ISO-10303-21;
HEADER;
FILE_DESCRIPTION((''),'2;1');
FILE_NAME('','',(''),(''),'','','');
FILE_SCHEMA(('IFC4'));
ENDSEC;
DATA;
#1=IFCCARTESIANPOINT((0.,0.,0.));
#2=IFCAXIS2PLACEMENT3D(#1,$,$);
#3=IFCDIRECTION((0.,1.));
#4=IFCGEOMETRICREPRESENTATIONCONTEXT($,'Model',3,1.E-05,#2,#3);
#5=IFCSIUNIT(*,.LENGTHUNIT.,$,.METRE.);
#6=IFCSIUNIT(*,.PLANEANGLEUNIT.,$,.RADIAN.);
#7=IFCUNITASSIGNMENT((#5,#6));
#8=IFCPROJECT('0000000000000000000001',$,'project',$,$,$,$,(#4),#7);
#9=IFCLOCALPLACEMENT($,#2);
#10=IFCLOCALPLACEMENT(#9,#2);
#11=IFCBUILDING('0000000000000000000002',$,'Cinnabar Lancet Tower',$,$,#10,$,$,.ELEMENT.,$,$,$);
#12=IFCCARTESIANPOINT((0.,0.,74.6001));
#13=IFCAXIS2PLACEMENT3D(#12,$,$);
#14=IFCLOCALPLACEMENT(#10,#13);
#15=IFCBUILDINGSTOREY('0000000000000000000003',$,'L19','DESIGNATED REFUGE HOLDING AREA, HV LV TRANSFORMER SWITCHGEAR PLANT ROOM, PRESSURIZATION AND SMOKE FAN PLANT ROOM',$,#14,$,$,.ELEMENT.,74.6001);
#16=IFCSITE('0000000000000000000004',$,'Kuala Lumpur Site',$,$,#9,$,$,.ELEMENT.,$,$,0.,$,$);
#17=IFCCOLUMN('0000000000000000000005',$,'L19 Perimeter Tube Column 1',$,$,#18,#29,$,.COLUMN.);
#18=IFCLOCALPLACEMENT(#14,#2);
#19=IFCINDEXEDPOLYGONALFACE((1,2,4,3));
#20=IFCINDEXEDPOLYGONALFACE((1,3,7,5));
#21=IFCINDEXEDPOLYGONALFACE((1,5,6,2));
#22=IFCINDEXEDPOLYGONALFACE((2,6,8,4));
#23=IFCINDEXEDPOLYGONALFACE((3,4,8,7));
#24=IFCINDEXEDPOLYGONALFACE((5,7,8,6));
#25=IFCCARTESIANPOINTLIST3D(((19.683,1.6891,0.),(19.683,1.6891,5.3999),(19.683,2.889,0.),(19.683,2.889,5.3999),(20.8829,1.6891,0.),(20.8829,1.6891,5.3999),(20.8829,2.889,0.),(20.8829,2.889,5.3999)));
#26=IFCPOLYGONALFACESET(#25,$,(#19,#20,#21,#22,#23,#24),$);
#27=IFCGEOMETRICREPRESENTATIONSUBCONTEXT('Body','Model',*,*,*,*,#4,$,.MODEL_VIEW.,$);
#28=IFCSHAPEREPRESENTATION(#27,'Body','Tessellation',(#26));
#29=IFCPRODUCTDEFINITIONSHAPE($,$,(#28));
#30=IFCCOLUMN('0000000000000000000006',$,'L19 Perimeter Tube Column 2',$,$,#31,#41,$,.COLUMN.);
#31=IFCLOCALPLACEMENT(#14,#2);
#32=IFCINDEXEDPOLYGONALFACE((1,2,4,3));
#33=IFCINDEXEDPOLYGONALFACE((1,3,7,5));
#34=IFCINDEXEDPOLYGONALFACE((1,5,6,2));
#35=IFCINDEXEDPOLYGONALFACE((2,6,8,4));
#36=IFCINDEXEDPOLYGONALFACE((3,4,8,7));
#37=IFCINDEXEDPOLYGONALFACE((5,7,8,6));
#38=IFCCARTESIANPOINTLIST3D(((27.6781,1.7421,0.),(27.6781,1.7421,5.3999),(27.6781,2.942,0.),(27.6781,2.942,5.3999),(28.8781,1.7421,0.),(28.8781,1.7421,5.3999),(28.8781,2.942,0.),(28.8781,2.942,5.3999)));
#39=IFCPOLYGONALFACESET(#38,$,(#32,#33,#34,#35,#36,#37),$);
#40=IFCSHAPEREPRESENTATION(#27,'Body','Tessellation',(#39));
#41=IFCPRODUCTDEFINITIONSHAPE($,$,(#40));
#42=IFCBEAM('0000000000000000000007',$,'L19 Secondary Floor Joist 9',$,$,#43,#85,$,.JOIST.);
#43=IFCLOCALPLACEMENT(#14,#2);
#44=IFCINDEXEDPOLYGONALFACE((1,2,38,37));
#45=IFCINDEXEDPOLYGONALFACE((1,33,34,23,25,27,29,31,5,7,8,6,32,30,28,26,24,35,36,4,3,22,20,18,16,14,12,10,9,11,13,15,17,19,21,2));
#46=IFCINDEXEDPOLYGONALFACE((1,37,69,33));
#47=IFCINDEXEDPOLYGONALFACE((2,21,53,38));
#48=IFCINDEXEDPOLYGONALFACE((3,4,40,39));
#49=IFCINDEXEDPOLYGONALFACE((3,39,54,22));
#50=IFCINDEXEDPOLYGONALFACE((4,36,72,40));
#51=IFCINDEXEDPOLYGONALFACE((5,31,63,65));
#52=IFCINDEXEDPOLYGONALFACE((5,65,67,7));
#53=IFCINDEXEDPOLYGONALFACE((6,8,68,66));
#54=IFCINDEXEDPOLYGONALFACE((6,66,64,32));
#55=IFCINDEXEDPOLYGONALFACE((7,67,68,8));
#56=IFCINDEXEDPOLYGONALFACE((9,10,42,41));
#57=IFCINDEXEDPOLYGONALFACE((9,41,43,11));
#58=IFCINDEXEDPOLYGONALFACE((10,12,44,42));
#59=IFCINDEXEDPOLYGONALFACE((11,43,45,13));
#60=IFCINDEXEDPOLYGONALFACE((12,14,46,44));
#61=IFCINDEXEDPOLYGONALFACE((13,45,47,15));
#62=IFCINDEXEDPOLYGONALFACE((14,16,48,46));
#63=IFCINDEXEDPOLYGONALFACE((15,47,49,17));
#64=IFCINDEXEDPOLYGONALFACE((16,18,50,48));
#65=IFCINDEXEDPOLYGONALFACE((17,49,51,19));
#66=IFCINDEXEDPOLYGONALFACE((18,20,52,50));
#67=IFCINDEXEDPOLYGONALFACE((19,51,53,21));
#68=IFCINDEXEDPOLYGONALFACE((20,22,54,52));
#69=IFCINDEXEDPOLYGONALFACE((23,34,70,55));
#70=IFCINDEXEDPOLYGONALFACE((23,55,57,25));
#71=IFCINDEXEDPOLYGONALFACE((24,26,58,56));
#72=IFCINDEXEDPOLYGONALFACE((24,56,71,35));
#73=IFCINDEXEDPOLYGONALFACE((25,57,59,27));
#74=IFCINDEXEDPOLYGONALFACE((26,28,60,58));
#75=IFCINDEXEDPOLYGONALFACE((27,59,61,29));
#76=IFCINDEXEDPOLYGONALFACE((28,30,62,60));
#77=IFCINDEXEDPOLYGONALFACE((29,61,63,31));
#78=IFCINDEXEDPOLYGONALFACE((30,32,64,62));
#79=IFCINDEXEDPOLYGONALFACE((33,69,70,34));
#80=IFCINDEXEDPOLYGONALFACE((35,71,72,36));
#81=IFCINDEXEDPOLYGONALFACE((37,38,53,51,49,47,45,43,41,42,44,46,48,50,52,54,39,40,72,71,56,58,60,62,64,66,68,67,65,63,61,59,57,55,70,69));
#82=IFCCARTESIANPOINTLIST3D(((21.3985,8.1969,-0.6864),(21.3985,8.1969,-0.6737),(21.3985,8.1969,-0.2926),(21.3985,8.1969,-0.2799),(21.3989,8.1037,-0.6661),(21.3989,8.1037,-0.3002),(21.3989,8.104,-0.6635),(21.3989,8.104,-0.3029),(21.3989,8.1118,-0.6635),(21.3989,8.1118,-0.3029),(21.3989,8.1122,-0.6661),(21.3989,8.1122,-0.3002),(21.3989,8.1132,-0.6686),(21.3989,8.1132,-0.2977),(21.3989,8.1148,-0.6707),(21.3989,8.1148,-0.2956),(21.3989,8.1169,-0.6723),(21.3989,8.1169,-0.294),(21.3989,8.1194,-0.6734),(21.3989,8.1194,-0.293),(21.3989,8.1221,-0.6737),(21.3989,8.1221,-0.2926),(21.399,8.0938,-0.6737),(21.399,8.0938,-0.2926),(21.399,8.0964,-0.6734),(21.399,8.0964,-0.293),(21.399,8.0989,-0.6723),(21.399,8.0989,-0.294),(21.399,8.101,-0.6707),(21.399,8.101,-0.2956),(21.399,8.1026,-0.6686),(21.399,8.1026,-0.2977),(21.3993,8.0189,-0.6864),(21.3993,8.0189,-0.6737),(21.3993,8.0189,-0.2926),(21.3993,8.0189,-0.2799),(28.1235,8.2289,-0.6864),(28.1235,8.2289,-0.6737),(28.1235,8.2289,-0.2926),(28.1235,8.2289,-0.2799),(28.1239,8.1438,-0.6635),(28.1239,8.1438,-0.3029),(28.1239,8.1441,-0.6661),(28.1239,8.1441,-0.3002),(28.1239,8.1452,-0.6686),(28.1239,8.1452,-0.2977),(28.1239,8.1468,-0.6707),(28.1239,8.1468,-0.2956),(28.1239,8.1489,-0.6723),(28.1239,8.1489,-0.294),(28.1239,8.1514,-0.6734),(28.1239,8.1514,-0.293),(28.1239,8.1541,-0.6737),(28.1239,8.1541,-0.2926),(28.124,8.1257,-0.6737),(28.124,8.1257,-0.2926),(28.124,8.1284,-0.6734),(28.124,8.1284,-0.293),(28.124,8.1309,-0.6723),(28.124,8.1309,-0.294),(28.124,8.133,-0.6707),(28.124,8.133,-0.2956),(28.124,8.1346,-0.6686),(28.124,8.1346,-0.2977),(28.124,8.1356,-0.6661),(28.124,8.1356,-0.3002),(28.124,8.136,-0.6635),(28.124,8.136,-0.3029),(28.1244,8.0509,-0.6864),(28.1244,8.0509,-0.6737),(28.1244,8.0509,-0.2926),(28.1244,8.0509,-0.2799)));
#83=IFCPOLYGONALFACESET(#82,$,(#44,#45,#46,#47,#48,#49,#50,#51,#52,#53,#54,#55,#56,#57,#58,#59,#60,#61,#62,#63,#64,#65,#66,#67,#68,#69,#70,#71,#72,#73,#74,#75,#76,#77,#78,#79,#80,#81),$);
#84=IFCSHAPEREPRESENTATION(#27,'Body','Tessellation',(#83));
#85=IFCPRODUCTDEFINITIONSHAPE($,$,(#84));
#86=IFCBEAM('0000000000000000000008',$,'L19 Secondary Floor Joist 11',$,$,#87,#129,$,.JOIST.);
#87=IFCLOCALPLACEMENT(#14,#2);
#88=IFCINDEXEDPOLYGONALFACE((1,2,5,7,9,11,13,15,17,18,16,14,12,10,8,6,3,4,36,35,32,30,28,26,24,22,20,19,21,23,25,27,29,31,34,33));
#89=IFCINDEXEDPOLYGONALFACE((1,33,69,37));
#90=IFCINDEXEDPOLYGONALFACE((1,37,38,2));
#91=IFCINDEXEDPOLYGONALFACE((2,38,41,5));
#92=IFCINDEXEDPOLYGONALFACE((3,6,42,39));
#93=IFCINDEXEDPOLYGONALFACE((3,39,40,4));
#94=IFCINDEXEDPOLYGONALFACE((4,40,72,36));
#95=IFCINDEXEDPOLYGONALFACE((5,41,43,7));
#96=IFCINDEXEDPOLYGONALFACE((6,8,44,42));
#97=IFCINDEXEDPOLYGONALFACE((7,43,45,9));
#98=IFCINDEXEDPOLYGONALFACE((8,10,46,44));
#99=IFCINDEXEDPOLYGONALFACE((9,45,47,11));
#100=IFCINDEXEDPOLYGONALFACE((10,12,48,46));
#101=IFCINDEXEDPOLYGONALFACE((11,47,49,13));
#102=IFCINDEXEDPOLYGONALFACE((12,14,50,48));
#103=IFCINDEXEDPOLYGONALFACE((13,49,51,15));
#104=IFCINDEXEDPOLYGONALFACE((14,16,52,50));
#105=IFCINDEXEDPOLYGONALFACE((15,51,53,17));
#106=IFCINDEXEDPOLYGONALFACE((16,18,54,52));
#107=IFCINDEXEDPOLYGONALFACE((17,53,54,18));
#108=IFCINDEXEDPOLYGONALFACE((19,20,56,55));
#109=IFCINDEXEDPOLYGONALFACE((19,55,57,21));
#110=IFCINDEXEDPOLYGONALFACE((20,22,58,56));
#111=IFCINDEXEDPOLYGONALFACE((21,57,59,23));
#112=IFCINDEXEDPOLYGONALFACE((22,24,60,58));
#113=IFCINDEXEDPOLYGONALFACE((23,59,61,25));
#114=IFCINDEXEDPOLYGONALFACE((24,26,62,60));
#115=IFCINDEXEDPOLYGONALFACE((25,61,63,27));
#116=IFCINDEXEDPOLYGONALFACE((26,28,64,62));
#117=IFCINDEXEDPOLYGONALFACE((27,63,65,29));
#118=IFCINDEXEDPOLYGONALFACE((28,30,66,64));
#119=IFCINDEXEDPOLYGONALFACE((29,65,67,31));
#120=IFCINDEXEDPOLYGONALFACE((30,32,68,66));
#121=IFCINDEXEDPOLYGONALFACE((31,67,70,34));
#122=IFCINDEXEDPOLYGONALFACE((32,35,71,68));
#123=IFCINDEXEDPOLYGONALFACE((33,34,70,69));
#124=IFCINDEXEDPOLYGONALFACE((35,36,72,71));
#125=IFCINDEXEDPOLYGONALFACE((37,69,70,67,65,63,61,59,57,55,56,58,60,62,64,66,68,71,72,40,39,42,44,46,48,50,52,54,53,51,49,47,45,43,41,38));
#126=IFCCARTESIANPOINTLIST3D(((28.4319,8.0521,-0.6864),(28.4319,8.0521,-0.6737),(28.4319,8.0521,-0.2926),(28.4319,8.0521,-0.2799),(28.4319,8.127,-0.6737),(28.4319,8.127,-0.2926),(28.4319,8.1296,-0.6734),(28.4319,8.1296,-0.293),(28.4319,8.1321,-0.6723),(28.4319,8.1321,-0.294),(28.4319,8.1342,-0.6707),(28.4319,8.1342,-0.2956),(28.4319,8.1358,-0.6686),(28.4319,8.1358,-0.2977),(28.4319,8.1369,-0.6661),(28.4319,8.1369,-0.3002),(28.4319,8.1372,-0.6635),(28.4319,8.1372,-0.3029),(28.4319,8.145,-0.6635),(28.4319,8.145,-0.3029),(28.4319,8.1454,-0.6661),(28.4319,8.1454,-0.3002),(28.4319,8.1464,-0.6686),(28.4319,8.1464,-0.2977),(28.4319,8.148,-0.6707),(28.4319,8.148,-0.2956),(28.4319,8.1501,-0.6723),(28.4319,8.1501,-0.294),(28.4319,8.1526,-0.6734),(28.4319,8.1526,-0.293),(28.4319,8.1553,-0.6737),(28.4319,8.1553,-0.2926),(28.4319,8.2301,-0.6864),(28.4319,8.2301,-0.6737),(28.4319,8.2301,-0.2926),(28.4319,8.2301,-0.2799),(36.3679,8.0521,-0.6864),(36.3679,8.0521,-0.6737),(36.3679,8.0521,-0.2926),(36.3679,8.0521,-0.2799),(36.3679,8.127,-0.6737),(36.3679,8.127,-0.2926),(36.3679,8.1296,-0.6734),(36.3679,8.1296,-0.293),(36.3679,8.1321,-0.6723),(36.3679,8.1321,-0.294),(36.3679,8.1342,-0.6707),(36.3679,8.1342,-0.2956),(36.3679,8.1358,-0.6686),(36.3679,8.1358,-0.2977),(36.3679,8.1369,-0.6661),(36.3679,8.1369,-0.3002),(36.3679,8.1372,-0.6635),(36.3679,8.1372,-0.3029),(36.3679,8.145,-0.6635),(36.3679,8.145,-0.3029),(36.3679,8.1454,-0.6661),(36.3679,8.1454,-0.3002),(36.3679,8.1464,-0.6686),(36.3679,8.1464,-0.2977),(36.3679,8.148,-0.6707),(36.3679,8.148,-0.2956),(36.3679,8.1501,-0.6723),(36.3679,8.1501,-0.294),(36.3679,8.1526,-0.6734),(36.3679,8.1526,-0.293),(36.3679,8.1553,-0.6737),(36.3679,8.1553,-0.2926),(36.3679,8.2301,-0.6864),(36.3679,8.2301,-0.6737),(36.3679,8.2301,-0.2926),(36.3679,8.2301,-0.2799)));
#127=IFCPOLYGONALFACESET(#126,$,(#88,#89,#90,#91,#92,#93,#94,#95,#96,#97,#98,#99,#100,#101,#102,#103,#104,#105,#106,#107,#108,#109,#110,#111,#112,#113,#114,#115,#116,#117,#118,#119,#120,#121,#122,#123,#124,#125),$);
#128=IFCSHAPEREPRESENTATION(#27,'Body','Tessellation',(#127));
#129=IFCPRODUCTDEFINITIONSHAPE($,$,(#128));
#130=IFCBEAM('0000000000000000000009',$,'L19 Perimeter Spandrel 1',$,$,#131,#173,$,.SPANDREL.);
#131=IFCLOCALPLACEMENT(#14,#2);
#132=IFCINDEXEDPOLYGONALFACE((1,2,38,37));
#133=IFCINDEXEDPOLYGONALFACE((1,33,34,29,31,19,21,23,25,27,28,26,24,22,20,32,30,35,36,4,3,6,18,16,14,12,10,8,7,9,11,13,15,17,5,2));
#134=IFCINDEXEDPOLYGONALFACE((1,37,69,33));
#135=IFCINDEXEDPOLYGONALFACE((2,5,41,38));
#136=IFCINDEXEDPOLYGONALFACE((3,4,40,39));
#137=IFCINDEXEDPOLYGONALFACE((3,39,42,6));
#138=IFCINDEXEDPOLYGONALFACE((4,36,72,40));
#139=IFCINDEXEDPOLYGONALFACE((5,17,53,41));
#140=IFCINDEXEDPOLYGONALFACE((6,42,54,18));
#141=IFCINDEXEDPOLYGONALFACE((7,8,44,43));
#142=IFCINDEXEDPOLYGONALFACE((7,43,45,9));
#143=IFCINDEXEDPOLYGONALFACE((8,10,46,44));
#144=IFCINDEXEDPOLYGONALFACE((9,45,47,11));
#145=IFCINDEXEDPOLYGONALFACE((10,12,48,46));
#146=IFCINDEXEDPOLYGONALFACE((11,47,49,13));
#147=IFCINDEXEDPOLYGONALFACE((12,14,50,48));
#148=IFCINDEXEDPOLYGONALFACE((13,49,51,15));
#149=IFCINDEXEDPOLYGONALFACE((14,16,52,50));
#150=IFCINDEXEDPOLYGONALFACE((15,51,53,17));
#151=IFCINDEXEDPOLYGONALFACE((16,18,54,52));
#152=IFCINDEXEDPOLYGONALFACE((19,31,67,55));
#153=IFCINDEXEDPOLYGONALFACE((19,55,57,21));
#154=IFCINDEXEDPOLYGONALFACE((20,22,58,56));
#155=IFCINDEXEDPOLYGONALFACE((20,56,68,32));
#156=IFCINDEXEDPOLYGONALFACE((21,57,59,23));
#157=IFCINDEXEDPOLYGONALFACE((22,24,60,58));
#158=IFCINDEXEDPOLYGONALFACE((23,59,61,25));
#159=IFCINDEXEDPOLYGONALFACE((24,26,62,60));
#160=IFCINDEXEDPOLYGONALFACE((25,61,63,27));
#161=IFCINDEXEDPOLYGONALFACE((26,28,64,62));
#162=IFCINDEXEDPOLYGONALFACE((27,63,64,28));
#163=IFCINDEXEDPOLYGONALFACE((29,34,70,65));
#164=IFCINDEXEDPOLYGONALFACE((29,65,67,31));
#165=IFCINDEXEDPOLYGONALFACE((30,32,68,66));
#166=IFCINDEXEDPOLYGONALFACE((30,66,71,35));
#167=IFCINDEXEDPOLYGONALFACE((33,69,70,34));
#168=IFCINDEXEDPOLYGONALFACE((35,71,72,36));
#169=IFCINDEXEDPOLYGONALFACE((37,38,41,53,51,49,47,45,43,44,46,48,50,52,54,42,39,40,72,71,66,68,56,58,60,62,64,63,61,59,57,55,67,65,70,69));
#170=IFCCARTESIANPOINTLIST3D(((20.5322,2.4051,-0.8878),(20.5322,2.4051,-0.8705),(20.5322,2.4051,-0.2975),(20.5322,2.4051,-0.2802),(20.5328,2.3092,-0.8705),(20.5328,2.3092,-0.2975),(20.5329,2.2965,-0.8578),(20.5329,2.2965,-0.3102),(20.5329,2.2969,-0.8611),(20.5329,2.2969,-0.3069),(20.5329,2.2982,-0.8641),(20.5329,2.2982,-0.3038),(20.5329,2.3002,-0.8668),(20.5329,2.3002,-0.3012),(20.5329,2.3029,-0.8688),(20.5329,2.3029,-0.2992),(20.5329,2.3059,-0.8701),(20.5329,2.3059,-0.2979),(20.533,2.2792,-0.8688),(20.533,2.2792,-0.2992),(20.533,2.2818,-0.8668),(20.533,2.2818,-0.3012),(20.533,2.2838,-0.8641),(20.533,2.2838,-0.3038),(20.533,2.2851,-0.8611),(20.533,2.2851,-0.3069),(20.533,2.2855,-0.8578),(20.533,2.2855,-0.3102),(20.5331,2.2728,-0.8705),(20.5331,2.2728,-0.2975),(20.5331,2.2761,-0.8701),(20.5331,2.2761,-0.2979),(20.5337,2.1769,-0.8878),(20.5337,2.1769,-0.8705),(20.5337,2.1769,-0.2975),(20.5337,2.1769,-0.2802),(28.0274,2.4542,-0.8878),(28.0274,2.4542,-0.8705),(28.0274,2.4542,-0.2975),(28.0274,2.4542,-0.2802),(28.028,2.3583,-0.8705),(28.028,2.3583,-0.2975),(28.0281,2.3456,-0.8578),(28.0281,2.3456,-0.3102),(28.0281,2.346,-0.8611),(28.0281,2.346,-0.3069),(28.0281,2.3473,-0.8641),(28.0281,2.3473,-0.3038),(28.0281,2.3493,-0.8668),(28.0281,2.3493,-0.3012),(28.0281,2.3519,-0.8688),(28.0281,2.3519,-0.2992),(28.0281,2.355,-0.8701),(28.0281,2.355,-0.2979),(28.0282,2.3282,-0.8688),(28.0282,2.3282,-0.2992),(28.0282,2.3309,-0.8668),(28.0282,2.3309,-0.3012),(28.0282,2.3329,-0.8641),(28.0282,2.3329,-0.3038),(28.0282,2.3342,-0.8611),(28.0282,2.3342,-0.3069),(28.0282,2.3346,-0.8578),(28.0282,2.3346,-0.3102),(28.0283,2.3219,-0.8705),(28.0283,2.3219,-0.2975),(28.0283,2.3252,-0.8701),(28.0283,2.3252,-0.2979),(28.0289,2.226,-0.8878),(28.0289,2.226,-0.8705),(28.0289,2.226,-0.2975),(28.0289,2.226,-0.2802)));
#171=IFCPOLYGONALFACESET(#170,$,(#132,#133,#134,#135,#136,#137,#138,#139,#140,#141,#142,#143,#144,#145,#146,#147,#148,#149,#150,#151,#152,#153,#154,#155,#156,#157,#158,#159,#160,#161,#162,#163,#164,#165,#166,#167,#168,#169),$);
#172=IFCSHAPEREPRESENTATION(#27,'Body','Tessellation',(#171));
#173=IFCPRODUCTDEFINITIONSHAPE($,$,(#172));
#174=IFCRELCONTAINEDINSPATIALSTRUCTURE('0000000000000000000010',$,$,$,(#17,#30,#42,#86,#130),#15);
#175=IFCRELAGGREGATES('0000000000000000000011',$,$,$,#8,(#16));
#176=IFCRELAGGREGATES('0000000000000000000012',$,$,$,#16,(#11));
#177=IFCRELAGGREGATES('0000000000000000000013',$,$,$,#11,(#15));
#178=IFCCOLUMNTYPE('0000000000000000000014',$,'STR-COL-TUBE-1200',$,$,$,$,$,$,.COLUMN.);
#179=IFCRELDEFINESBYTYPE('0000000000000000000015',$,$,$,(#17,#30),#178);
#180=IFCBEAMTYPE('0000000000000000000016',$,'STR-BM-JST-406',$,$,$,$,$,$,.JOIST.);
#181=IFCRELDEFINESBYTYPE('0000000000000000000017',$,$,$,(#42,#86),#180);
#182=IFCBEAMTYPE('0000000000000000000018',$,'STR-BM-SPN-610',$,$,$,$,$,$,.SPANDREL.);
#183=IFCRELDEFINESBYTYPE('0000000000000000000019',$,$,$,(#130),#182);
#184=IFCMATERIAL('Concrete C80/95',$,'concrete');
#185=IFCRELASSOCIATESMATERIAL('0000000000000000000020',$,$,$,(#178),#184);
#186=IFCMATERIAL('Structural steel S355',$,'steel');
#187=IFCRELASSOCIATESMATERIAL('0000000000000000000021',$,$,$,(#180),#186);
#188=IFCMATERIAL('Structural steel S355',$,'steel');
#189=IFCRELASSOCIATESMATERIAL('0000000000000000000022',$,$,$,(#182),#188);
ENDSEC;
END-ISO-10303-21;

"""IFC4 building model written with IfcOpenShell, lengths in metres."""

from ifc_helpers import new_model, si_unit, direction, frame, origin, origin_2d, place, context, subcontext, project, spatial, rectangle, i_section, extrude, material, material_profile, profile_set, type_object, element, save


model = new_model("IFC4")

# Units and contexts
model_context = context("Model", 3, precision=1e-05, world=origin(), true_north=direction((0.0, 1.0)))
body_context = subcontext(model_context, "Body", "Model", "MODEL_VIEW")
ifc_project = project(units=[si_unit("LENGTHUNIT", "METRE"), si_unit("PLANEANGLEUNIT", "RADIAN")], contexts=[model_context])

# Site, building, storey
site_placement = place(None, origin())
site = spatial("IfcSite", under=ifc_project, at=site_placement, Name="Kuala Lumpur Site", CompositionType="ELEMENT", RefElevation=0.0)
building_placement = place(site_placement, origin())
building = spatial("IfcBuilding", under=site, at=building_placement, Name="Cinnabar Lancet Tower", CompositionType="ELEMENT")
storey_placement = place(building_placement, frame((0.0, 0.0, 74.6001)))
storey = spatial("IfcBuildingStorey", under=building, at=storey_placement, Name="L19", Description="DESIGNATED REFUGE HOLDING AREA, HV LV TRANSFORMER SWITCHGEAR PLANT ROOM, PRESSURIZATION AND SMOKE FAN PLANT ROOM", CompositionType="ELEMENT", Elevation=74.6001)

# Columns
ifc_material_1 = material(Name="Concrete C80/95", Category="concrete")
ifc_material_profile_1 = material_profile(ifc_material_1, rectangle(XDim=1.2, YDim=1.2, at=origin_2d()), Name="RC-COL 1200x1200")
ifc_profile_set_1 = profile_set([ifc_material_profile_1], Name="Concrete C80/95")
column_type = type_object("IfcColumnType", Name="STR-COL-TUBE-1200", PredefinedType="COLUMN", material=ifc_profile_set_1)
for number, where, z_axis, x_axis, name in (
    (1, (20.283, 2.2891, 0.0), (0.0, 0.0, 1.0), (1.0, 0.0, 0.0), "L19 Perimeter Tube Column 1"),
    (2, (28.2781, 2.342, 0.0), (0.0, 0.0, 1.0), (1.0, 0.0, 0.0), "L19 Perimeter Tube Column 2"),
):
    element("IfcColumn", number, at=place(storey_placement, frame(where, z_axis=z_axis, x_axis=x_axis)), inside=storey, type_object=column_type, Name=name, PredefinedType="COLUMN", context=body_context, shape_type="SweptSolid", body=[
        extrude(rectangle(XDim=1.2, YDim=1.2, at=origin_2d()), origin(), (0.0, 0.0, 1.0), 5.3999),
    ])

# Beams
ifc_material_2 = material(Name="Structural steel S355", Category="steel")
ifc_material_profile_2 = material_profile(ifc_material_2, i_section(OverallWidth=0.178, OverallDepth=0.4065, WebThickness=0.0078, FlangeThickness=0.0127, FilletRadius=0.0103, at=origin_2d()), Name="UKB 406x178x60")
ifc_profile_set_2 = profile_set([ifc_material_profile_2], Name="Structural steel S355")
beam_type_1 = type_object("IfcBeamType", Name="STR-BM-JST-406", PredefinedType="JOIST", material=ifc_profile_set_2)
beam_1_placement = place(storey_placement, frame((21.3989, 8.1079, -0.4832), z_axis=(0.999989, 0.004756, 0.0), x_axis=(-0.004756, 0.999989, 0.0)))
element("IfcBeam", 3, at=beam_1_placement, inside=storey, type_object=beam_type_1, Name="L19 Secondary Floor Joist 9", PredefinedType="JOIST", context=body_context, shape_type="SweptSolid", body=[
    extrude(i_section(OverallWidth=0.178, OverallDepth=0.4065, WebThickness=0.0078, FlangeThickness=0.0127, FilletRadius=0.0103, at=origin_2d()), origin(), (0.0, 0.0, 1.0), 6.7251),
])
beam_2_placement = place(storey_placement, frame((28.4319, 8.1411, -0.4832), z_axis=(1.0, 0.0, 0.0), x_axis=(0.0, 1.0, 0.0)))
element("IfcBeam", 4, at=beam_2_placement, inside=storey, type_object=beam_type_1, Name="L19 Secondary Floor Joist 11", PredefinedType="JOIST", context=body_context, shape_type="SweptSolid", body=[
    extrude(i_section(OverallWidth=0.178, OverallDepth=0.4065, WebThickness=0.0078, FlangeThickness=0.0127, FilletRadius=0.0103, at=origin_2d()), origin(), (0.0, 0.0, 1.0), 7.936),
])
ifc_material_3 = material(Name="Structural steel S355", Category="steel")
ifc_material_profile_3 = material_profile(ifc_material_3, i_section(OverallWidth=0.2283, OverallDepth=0.6077, WebThickness=0.011, FlangeThickness=0.0173, FilletRadius=0.0127, at=origin_2d()), Name="UKB 610x229x113")
ifc_profile_set_3 = profile_set([ifc_material_profile_3], Name="Structural steel S355")
beam_type_2 = type_object("IfcBeamType", Name="STR-BM-SPN-610", PredefinedType="SPANDREL", material=ifc_profile_set_3)
beam_3_placement = place(storey_placement, frame((20.533, 2.291, -0.584), z_axis=(0.999979, 0.006547, 0.0), x_axis=(-0.006547, 0.999979, 0.0)))
element("IfcBeam", 5, at=beam_3_placement, inside=storey, type_object=beam_type_2, Name="L19 Perimeter Spandrel 1", PredefinedType="SPANDREL", context=body_context, shape_type="SweptSolid", body=[
    extrude(i_section(OverallWidth=0.2283, OverallDepth=0.6077, WebThickness=0.011, FlangeThickness=0.0173, FilletRadius=0.0127, at=origin_2d()), origin(), (0.0, 0.0, 1.0), 7.4954),
])

save(model, "model.ifc")
